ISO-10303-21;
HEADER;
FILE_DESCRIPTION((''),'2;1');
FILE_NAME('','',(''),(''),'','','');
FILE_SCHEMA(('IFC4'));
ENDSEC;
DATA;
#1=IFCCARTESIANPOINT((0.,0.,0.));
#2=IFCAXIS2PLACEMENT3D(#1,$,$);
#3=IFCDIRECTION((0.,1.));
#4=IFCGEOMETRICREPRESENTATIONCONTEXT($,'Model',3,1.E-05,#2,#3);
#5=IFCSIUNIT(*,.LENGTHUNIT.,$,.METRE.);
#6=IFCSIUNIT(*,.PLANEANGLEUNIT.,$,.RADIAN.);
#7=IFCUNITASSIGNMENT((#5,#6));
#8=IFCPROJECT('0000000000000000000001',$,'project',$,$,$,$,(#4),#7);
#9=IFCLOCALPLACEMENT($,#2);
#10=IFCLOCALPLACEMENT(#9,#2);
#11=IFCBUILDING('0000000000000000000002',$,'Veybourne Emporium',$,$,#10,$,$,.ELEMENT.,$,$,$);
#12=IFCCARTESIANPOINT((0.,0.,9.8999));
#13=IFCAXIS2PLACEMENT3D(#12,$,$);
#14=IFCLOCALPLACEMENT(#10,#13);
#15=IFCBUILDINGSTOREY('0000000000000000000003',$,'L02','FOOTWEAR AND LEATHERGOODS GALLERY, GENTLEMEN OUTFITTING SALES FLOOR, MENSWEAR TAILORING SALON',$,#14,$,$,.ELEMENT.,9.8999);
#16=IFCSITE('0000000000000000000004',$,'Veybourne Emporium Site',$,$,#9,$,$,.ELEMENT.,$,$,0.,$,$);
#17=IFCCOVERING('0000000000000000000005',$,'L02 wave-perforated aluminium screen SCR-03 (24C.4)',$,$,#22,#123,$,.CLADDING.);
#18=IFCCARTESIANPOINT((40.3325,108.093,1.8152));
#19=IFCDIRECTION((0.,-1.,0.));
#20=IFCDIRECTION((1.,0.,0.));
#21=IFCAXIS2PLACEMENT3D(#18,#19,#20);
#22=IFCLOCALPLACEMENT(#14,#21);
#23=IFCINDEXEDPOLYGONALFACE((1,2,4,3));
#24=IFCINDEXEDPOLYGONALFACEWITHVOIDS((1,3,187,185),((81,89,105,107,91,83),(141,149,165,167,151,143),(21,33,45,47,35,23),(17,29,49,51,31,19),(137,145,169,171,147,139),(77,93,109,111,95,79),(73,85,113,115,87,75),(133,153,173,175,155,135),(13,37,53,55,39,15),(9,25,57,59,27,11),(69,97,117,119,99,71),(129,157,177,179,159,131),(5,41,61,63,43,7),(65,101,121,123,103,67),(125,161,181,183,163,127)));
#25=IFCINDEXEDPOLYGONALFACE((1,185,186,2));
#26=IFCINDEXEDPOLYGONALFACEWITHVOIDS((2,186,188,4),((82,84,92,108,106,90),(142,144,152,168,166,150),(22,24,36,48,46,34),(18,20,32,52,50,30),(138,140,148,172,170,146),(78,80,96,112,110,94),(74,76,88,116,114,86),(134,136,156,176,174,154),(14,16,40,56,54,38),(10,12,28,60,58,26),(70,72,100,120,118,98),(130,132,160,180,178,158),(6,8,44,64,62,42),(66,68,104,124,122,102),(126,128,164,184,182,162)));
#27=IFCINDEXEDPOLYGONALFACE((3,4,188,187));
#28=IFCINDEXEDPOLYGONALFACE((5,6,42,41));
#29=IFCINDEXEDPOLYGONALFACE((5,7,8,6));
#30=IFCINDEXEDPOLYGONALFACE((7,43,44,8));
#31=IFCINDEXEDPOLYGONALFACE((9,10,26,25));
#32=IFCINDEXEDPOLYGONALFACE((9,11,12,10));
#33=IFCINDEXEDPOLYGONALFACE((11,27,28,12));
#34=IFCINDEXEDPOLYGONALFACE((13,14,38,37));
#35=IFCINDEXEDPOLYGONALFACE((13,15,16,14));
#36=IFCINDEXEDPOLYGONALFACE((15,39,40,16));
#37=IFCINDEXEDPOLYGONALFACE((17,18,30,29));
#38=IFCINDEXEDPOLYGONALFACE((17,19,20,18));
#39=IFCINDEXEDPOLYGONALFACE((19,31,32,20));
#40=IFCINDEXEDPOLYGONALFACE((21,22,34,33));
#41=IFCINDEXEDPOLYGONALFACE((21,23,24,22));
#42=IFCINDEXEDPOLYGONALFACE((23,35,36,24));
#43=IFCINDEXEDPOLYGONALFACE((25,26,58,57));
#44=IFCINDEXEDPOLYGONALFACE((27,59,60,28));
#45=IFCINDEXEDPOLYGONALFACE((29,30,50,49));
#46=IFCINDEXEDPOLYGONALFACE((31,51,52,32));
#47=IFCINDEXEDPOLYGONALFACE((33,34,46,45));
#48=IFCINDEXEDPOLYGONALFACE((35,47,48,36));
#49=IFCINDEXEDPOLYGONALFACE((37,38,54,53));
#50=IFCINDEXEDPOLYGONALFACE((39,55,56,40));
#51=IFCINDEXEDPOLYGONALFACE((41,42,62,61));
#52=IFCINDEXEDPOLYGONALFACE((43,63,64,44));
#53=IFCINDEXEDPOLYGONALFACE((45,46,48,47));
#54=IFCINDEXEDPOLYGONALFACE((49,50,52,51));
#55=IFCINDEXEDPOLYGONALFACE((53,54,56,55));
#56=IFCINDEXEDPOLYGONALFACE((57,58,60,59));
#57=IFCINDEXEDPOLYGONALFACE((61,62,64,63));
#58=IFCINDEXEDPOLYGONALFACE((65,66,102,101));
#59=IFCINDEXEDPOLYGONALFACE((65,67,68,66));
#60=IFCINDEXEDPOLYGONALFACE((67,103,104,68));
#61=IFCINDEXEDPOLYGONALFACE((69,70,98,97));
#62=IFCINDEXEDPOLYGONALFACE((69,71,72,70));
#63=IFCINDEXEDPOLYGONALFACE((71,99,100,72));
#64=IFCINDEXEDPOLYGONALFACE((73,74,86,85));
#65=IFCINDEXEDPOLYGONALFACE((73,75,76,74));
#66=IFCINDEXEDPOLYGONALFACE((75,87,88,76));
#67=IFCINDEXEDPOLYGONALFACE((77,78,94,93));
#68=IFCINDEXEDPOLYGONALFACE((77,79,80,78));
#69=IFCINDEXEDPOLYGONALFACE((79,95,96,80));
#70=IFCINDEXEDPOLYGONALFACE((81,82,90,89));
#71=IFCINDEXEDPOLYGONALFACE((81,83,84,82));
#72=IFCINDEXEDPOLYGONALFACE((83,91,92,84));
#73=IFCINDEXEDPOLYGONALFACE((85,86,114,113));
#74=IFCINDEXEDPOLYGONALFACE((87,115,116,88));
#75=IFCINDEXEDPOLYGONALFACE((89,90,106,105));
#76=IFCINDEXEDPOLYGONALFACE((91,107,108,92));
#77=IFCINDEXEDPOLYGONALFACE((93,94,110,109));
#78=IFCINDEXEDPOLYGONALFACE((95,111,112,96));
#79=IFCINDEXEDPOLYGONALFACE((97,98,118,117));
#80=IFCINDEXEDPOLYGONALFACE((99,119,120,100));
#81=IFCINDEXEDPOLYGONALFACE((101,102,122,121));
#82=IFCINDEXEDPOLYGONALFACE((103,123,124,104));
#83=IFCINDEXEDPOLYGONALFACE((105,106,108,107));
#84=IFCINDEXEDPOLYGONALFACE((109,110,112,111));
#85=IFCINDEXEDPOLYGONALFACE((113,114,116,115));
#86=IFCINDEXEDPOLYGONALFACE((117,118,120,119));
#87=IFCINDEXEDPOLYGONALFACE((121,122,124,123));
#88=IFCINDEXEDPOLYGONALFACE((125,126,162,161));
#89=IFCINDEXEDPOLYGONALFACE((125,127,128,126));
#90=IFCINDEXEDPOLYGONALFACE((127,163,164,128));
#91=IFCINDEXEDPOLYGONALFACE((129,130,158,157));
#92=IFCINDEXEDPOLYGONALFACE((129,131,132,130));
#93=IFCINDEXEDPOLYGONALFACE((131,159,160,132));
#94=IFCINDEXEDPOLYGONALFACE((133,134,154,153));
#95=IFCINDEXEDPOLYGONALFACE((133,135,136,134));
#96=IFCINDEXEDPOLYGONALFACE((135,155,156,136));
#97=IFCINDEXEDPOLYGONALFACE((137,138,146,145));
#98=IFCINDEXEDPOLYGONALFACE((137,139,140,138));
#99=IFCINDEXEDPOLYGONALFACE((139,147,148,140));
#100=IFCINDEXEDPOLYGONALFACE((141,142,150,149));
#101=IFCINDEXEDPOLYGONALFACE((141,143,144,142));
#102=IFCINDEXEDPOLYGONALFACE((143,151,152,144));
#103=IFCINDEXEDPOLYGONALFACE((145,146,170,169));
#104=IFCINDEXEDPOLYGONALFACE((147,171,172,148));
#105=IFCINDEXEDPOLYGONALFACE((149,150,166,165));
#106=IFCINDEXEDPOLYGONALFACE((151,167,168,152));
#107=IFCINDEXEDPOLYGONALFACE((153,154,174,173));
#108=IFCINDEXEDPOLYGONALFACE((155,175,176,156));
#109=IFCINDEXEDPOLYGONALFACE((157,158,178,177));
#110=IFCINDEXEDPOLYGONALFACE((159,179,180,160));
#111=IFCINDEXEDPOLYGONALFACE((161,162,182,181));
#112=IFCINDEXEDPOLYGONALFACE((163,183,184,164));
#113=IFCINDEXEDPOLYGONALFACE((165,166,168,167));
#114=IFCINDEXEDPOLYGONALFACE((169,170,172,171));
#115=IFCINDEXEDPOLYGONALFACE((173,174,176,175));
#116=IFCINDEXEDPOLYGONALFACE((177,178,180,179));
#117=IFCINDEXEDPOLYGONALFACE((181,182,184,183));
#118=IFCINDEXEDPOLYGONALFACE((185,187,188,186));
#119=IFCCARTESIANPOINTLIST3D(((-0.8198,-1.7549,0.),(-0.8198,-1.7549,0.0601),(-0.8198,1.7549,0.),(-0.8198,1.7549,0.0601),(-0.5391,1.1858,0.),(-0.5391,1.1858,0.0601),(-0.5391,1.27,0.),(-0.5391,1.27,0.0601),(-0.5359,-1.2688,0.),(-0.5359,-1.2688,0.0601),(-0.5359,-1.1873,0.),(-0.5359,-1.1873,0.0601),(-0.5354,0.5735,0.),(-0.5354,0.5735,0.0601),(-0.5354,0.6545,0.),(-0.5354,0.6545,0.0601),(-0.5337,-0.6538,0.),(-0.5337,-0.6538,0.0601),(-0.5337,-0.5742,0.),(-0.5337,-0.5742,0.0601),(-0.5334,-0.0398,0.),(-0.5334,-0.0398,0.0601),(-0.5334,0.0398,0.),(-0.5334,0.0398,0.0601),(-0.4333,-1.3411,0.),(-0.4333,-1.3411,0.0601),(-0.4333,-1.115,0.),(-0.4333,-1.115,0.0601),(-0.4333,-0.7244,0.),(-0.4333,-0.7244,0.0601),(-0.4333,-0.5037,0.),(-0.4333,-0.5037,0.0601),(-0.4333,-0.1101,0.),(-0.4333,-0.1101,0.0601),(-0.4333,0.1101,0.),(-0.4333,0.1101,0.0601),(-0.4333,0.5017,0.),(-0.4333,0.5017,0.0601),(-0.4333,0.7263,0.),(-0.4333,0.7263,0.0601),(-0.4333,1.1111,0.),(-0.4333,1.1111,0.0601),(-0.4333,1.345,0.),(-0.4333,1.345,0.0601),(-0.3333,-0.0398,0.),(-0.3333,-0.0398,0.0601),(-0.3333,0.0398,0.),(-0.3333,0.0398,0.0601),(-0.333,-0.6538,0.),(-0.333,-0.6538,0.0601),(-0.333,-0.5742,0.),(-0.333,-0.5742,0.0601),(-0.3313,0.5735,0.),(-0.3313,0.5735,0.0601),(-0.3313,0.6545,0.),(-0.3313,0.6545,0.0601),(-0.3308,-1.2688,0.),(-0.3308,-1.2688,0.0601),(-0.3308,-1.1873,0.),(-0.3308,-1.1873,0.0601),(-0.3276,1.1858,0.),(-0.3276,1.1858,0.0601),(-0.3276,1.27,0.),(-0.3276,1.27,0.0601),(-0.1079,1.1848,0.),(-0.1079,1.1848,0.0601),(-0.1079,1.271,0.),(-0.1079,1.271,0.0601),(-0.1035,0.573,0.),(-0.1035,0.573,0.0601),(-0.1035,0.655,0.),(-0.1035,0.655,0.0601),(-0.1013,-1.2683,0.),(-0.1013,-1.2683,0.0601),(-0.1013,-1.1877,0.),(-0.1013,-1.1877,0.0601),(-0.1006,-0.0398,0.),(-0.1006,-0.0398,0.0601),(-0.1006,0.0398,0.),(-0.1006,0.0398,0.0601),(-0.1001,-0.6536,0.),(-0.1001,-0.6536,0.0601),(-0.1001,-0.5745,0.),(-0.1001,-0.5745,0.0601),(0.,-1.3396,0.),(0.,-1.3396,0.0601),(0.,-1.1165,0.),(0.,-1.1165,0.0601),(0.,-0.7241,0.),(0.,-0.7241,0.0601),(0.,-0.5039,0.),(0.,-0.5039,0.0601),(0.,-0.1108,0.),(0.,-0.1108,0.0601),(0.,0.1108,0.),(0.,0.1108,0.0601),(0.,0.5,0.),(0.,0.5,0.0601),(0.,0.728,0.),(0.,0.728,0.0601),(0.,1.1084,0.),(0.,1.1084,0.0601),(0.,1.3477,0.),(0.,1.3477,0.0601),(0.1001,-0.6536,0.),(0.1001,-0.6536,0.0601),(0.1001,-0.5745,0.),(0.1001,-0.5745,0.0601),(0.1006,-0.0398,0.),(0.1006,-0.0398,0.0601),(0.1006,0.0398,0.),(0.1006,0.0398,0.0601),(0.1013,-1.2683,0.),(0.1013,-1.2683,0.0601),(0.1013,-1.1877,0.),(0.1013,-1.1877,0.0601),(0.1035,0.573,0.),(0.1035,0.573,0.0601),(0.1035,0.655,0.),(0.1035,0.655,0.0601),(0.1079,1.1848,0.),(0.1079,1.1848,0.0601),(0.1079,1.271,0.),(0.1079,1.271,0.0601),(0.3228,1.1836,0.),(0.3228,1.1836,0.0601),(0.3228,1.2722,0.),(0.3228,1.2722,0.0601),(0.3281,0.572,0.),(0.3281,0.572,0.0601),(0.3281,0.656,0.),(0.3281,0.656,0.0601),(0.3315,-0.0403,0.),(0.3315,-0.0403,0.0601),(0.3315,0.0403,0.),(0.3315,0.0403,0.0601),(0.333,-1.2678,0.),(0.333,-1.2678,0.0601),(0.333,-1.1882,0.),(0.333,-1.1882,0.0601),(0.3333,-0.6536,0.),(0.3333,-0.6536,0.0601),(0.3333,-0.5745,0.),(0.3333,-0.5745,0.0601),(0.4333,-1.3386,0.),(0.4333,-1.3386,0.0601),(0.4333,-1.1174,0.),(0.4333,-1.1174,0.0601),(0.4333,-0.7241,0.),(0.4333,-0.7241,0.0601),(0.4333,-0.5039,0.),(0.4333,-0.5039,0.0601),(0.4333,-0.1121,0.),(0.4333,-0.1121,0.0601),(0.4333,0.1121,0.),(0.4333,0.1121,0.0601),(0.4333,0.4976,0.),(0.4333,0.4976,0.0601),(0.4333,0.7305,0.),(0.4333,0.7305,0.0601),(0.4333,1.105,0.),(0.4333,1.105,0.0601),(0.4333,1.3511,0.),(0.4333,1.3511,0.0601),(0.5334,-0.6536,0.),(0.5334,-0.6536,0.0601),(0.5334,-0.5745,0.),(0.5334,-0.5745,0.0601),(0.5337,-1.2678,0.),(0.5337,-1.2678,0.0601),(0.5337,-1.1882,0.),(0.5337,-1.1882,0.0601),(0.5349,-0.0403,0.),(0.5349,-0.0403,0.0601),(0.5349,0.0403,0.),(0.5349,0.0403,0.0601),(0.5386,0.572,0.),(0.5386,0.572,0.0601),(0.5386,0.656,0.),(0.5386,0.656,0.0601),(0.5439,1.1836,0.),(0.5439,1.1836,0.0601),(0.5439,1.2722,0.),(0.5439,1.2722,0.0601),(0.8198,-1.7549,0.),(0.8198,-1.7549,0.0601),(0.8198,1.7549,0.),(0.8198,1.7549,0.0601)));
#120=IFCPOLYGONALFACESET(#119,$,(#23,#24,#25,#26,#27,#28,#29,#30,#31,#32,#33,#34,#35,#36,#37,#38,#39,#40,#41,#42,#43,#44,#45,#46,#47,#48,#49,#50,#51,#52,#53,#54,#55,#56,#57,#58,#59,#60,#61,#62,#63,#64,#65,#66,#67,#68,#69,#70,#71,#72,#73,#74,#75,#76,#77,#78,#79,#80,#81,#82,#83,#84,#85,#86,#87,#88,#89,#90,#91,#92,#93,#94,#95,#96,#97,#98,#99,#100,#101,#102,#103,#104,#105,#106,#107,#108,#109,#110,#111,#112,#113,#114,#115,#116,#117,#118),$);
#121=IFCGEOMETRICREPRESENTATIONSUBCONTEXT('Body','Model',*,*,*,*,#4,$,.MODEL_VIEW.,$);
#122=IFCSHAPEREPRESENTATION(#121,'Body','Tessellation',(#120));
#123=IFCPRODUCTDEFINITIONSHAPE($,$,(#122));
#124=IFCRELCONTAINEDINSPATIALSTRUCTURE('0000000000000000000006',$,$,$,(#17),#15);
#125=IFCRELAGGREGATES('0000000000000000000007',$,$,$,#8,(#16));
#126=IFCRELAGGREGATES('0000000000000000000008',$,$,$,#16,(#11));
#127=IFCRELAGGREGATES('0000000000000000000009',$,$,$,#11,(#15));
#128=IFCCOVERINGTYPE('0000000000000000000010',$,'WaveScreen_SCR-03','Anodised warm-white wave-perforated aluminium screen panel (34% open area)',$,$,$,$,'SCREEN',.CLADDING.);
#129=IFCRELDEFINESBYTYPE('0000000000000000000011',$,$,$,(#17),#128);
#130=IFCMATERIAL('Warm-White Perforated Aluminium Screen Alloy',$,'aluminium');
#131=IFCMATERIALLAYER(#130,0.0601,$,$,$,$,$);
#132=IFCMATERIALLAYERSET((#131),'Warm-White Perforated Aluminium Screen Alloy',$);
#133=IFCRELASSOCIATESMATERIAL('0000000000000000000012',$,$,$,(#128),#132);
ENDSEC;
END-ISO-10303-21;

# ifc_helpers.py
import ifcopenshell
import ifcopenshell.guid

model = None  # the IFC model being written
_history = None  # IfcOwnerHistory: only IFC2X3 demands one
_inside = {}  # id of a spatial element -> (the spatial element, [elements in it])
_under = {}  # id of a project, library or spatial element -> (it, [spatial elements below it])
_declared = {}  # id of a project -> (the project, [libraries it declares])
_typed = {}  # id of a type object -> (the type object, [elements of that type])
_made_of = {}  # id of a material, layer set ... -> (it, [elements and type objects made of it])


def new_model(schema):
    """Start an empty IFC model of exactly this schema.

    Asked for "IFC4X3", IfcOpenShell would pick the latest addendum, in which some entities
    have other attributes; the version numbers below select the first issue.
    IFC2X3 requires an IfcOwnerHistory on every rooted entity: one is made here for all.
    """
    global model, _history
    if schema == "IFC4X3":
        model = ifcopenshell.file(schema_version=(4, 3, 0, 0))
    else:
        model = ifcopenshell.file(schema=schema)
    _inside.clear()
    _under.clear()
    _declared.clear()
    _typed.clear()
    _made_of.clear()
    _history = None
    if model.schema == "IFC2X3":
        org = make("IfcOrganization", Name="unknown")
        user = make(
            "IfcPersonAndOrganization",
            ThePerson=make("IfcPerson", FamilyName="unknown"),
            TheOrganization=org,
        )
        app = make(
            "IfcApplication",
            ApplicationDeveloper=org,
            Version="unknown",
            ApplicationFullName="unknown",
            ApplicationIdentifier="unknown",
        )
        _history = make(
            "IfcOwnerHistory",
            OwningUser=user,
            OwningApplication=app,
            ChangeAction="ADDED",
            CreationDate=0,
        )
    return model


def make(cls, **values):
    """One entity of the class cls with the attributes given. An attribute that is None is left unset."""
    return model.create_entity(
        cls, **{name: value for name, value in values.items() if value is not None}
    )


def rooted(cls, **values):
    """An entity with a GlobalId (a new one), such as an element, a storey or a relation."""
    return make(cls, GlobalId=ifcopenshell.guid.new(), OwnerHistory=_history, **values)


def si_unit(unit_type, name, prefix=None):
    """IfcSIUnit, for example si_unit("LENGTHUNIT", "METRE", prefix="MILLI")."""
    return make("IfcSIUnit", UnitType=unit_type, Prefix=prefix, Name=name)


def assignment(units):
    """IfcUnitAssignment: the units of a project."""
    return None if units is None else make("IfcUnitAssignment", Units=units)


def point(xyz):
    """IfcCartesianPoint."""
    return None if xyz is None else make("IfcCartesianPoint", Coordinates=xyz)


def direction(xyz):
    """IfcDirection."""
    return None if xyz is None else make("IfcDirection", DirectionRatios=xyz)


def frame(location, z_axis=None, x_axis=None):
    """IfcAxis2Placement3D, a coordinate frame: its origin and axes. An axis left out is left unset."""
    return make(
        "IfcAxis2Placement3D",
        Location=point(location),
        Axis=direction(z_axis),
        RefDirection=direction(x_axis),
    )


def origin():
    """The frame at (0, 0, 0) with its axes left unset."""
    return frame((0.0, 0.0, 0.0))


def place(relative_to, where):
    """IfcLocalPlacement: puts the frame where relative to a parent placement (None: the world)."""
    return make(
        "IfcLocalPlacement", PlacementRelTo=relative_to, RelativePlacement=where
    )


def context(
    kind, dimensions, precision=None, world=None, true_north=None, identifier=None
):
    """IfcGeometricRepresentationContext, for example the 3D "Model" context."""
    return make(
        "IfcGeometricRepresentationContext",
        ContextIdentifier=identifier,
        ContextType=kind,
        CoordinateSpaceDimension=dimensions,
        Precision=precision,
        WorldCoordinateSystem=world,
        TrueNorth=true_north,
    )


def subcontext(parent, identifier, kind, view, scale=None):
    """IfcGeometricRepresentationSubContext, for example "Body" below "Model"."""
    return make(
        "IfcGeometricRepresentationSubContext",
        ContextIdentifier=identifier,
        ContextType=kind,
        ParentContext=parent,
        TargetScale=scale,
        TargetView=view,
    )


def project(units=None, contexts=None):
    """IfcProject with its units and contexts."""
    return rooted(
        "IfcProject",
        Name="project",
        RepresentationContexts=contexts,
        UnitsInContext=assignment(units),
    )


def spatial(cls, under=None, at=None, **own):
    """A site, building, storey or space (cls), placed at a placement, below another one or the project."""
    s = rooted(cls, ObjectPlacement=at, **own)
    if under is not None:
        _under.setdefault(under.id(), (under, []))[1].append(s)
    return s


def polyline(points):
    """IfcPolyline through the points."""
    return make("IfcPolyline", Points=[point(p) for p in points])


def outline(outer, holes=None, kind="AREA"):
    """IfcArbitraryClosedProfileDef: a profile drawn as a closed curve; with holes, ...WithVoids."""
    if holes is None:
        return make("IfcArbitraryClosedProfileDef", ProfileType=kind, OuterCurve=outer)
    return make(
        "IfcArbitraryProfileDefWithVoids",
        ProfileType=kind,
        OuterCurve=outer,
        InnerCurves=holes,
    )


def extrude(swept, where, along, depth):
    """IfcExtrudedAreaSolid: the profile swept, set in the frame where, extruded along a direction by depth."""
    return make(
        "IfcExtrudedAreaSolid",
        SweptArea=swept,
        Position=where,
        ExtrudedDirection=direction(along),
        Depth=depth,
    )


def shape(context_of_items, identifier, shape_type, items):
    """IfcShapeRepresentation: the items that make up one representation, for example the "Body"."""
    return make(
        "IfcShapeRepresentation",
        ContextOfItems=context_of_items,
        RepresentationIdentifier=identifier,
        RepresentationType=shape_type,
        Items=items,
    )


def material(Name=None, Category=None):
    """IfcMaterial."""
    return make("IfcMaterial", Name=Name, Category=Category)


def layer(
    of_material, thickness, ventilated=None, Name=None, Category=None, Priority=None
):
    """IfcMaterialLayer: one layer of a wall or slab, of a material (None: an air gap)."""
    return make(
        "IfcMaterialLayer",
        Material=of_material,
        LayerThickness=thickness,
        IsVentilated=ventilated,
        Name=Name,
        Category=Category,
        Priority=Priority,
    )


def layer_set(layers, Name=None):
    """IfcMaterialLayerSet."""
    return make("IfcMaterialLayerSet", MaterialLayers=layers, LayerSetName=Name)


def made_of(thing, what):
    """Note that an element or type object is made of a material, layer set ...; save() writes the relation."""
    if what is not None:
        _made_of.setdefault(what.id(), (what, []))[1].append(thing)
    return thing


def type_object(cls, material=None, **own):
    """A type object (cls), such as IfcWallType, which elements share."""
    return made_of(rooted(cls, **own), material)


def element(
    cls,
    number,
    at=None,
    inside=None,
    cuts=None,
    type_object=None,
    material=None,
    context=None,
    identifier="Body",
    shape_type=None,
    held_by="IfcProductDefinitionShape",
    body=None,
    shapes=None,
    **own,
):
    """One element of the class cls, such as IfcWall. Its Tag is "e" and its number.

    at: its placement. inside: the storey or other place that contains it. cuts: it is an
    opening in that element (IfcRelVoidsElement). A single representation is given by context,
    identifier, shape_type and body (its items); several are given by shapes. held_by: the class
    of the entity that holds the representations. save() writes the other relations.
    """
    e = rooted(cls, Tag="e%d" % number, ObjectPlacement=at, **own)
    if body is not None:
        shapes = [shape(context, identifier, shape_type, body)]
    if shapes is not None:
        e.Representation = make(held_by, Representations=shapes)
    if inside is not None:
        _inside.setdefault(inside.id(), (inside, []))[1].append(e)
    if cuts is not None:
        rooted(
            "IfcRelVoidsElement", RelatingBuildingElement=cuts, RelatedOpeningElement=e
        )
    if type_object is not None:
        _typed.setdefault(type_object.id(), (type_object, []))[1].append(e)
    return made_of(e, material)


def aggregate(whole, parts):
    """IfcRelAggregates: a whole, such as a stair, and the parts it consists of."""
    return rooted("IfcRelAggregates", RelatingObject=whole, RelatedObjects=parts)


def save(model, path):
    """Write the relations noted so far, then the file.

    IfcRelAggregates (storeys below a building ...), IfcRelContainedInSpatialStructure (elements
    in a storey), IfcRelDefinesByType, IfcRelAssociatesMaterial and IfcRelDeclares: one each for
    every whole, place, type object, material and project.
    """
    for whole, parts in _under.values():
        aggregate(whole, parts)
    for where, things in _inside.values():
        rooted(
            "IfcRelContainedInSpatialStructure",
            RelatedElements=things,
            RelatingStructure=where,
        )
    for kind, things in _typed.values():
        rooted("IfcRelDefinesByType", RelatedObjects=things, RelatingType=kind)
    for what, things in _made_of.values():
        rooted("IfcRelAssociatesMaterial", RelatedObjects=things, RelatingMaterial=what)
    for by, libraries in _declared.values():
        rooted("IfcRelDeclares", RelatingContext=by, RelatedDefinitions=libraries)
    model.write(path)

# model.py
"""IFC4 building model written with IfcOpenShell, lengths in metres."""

from ifc_helpers import new_model, si_unit, direction, frame, origin, place, context, subcontext, project, spatial, polyline, outline, extrude, material, layer, layer_set, type_object, element, save


model = new_model("IFC4")

# Units and contexts
model_context = context("Model", 3, precision=1e-05, world=origin(), true_north=direction((0.0, 1.0)))
body_context = subcontext(model_context, "Body", "Model", "MODEL_VIEW")
ifc_project = project(units=[si_unit("LENGTHUNIT", "METRE"), si_unit("PLANEANGLEUNIT", "RADIAN")], contexts=[model_context])

# Site, building, storey
site_placement = place(None, origin())
site = spatial("IfcSite", under=ifc_project, at=site_placement, Name="Veybourne Emporium Site", CompositionType="ELEMENT", RefElevation=0.0)
building_placement = place(site_placement, origin())
building = spatial("IfcBuilding", under=site, at=building_placement, Name="Veybourne Emporium", CompositionType="ELEMENT")
storey_placement = place(building_placement, frame((0.0, 0.0, 9.8999)))
storey = spatial("IfcBuildingStorey", under=building, at=storey_placement, Name="L02", Description="FOOTWEAR AND LEATHERGOODS GALLERY, GENTLEMEN OUTFITTING SALES FLOOR, MENSWEAR TAILORING SALON", CompositionType="ELEMENT", Elevation=9.8999)

# Covering
ifc_material_1 = material(Name="Warm-White Perforated Aluminium Screen Alloy", Category="aluminium")
ifc_layer_1 = layer(ifc_material_1, 0.0601)
ifc_layer_set_1 = layer_set([ifc_layer_1], Name="Warm-White Perforated Aluminium Screen Alloy")
covering_type_1 = type_object("IfcCoveringType", Name="WaveScreen_SCR-03", Description="Anodised warm-white wave-perforated aluminium screen panel (34% open area)", ElementType="SCREEN", PredefinedType="CLADDING", material=ifc_layer_set_1)
covering_1_placement = place(storey_placement, frame((40.3325, 108.093, 1.8152), z_axis=(0.0, -1.0, 0.0), x_axis=(1.0, 0.0, 0.0)))
element("IfcCovering", 1, at=covering_1_placement, inside=storey, type_object=covering_type_1, Name="L02 wave-perforated aluminium screen SCR-03 (24C.4)", PredefinedType="CLADDING", context=body_context, shape_type="SweptSolid", body=[
    extrude(outline(polyline([(-0.8198, -1.7549), (0.8198, -1.7549), (0.8198, 1.7549), (-0.8198, 1.7549), (-0.8198, -1.7549)]), holes=[polyline([(-0.4333, -1.115), (-0.3308, -1.1873), (-0.3308, -1.2688), (-0.4333, -1.3411), (-0.5359, -1.2688), (-0.5359, -1.1873), (-0.4333, -1.115)]), polyline([(-0.4333, -0.5037), (-0.333, -0.5742), (-0.333, -0.6538), (-0.4333, -0.7244), (-0.5337, -0.6538), (-0.5337, -0.5742), (-0.4333, -0.5037)]), polyline([(-0.4333, 0.1101), (-0.3333, 0.0398), (-0.3333, -0.0398), (-0.4333, -0.1101), (-0.5334, -0.0398), (-0.5334, 0.0398), (-0.4333, 0.1101)]), polyline([(-0.4333, 0.7263), (-0.3313, 0.6545), (-0.3313, 0.5735), (-0.4333, 0.5017), (-0.5354, 0.5735), (-0.5354, 0.6545), (-0.4333, 0.7263)]), polyline([(-0.4333, 1.345), (-0.3276, 1.27), (-0.3276, 1.1858), (-0.4333, 1.1111), (-0.5391, 1.1858), (-0.5391, 1.27), (-0.4333, 1.345)]), polyline([(0.0, -1.1165), (0.1013, -1.1877), (0.1013, -1.2683), (0.0, -1.3396), (-0.1013, -1.2683), (-0.1013, -1.1877), (0.0, -1.1165)]), polyline([(0.0, -0.5039), (0.1001, -0.5745), (0.1001, -0.6536), (0.0, -0.7241), (-0.1001, -0.6536), (-0.1001, -0.5745), (0.0, -0.5039)]), polyline([(0.0, 0.1108), (0.1006, 0.0398), (0.1006, -0.0398), (0.0, -0.1108), (-0.1006, -0.0398), (-0.1006, 0.0398), (0.0, 0.1108)]), polyline([(0.0, 0.728), (0.1035, 0.655), (0.1035, 0.573), (0.0, 0.5), (-0.1035, 0.573), (-0.1035, 0.655), (0.0, 0.728)]), polyline([(0.0, 1.3477), (0.1079, 1.271), (0.1079, 1.1848), (0.0, 1.1084), (-0.1079, 1.1848), (-0.1079, 1.271), (0.0, 1.3477)]), polyline([(0.4333, -1.1174), (0.5337, -1.1882), (0.5337, -1.2678), (0.4333, -1.3386), (0.333, -1.2678), (0.333, -1.1882), (0.4333, -1.1174)]), polyline([(0.4333, -0.5039), (0.5334, -0.5745), (0.5334, -0.6536), (0.4333, -0.7241), (0.3333, -0.6536), (0.3333, -0.5745), (0.4333, -0.5039)]), polyline([(0.4333, 0.1121), (0.5349, 0.0403), (0.5349, -0.0403), (0.4333, -0.1121), (0.3315, -0.0403), (0.3315, 0.0403), (0.4333, 0.1121)]), polyline([(0.4333, 0.7305), (0.5386, 0.656), (0.5386, 0.572), (0.4333, 0.4976), (0.3281, 0.572), (0.3281, 0.656), (0.4333, 0.7305)]), polyline([(0.4333, 1.3511), (0.5439, 1.2722), (0.5439, 1.1836), (0.4333, 1.105), (0.3228, 1.1836), (0.3228, 1.2722), (0.4333, 1.3511)])]), origin(), (0.0, 0.0, 1.0), 0.0601),
])

save(model, "model.ifc")
